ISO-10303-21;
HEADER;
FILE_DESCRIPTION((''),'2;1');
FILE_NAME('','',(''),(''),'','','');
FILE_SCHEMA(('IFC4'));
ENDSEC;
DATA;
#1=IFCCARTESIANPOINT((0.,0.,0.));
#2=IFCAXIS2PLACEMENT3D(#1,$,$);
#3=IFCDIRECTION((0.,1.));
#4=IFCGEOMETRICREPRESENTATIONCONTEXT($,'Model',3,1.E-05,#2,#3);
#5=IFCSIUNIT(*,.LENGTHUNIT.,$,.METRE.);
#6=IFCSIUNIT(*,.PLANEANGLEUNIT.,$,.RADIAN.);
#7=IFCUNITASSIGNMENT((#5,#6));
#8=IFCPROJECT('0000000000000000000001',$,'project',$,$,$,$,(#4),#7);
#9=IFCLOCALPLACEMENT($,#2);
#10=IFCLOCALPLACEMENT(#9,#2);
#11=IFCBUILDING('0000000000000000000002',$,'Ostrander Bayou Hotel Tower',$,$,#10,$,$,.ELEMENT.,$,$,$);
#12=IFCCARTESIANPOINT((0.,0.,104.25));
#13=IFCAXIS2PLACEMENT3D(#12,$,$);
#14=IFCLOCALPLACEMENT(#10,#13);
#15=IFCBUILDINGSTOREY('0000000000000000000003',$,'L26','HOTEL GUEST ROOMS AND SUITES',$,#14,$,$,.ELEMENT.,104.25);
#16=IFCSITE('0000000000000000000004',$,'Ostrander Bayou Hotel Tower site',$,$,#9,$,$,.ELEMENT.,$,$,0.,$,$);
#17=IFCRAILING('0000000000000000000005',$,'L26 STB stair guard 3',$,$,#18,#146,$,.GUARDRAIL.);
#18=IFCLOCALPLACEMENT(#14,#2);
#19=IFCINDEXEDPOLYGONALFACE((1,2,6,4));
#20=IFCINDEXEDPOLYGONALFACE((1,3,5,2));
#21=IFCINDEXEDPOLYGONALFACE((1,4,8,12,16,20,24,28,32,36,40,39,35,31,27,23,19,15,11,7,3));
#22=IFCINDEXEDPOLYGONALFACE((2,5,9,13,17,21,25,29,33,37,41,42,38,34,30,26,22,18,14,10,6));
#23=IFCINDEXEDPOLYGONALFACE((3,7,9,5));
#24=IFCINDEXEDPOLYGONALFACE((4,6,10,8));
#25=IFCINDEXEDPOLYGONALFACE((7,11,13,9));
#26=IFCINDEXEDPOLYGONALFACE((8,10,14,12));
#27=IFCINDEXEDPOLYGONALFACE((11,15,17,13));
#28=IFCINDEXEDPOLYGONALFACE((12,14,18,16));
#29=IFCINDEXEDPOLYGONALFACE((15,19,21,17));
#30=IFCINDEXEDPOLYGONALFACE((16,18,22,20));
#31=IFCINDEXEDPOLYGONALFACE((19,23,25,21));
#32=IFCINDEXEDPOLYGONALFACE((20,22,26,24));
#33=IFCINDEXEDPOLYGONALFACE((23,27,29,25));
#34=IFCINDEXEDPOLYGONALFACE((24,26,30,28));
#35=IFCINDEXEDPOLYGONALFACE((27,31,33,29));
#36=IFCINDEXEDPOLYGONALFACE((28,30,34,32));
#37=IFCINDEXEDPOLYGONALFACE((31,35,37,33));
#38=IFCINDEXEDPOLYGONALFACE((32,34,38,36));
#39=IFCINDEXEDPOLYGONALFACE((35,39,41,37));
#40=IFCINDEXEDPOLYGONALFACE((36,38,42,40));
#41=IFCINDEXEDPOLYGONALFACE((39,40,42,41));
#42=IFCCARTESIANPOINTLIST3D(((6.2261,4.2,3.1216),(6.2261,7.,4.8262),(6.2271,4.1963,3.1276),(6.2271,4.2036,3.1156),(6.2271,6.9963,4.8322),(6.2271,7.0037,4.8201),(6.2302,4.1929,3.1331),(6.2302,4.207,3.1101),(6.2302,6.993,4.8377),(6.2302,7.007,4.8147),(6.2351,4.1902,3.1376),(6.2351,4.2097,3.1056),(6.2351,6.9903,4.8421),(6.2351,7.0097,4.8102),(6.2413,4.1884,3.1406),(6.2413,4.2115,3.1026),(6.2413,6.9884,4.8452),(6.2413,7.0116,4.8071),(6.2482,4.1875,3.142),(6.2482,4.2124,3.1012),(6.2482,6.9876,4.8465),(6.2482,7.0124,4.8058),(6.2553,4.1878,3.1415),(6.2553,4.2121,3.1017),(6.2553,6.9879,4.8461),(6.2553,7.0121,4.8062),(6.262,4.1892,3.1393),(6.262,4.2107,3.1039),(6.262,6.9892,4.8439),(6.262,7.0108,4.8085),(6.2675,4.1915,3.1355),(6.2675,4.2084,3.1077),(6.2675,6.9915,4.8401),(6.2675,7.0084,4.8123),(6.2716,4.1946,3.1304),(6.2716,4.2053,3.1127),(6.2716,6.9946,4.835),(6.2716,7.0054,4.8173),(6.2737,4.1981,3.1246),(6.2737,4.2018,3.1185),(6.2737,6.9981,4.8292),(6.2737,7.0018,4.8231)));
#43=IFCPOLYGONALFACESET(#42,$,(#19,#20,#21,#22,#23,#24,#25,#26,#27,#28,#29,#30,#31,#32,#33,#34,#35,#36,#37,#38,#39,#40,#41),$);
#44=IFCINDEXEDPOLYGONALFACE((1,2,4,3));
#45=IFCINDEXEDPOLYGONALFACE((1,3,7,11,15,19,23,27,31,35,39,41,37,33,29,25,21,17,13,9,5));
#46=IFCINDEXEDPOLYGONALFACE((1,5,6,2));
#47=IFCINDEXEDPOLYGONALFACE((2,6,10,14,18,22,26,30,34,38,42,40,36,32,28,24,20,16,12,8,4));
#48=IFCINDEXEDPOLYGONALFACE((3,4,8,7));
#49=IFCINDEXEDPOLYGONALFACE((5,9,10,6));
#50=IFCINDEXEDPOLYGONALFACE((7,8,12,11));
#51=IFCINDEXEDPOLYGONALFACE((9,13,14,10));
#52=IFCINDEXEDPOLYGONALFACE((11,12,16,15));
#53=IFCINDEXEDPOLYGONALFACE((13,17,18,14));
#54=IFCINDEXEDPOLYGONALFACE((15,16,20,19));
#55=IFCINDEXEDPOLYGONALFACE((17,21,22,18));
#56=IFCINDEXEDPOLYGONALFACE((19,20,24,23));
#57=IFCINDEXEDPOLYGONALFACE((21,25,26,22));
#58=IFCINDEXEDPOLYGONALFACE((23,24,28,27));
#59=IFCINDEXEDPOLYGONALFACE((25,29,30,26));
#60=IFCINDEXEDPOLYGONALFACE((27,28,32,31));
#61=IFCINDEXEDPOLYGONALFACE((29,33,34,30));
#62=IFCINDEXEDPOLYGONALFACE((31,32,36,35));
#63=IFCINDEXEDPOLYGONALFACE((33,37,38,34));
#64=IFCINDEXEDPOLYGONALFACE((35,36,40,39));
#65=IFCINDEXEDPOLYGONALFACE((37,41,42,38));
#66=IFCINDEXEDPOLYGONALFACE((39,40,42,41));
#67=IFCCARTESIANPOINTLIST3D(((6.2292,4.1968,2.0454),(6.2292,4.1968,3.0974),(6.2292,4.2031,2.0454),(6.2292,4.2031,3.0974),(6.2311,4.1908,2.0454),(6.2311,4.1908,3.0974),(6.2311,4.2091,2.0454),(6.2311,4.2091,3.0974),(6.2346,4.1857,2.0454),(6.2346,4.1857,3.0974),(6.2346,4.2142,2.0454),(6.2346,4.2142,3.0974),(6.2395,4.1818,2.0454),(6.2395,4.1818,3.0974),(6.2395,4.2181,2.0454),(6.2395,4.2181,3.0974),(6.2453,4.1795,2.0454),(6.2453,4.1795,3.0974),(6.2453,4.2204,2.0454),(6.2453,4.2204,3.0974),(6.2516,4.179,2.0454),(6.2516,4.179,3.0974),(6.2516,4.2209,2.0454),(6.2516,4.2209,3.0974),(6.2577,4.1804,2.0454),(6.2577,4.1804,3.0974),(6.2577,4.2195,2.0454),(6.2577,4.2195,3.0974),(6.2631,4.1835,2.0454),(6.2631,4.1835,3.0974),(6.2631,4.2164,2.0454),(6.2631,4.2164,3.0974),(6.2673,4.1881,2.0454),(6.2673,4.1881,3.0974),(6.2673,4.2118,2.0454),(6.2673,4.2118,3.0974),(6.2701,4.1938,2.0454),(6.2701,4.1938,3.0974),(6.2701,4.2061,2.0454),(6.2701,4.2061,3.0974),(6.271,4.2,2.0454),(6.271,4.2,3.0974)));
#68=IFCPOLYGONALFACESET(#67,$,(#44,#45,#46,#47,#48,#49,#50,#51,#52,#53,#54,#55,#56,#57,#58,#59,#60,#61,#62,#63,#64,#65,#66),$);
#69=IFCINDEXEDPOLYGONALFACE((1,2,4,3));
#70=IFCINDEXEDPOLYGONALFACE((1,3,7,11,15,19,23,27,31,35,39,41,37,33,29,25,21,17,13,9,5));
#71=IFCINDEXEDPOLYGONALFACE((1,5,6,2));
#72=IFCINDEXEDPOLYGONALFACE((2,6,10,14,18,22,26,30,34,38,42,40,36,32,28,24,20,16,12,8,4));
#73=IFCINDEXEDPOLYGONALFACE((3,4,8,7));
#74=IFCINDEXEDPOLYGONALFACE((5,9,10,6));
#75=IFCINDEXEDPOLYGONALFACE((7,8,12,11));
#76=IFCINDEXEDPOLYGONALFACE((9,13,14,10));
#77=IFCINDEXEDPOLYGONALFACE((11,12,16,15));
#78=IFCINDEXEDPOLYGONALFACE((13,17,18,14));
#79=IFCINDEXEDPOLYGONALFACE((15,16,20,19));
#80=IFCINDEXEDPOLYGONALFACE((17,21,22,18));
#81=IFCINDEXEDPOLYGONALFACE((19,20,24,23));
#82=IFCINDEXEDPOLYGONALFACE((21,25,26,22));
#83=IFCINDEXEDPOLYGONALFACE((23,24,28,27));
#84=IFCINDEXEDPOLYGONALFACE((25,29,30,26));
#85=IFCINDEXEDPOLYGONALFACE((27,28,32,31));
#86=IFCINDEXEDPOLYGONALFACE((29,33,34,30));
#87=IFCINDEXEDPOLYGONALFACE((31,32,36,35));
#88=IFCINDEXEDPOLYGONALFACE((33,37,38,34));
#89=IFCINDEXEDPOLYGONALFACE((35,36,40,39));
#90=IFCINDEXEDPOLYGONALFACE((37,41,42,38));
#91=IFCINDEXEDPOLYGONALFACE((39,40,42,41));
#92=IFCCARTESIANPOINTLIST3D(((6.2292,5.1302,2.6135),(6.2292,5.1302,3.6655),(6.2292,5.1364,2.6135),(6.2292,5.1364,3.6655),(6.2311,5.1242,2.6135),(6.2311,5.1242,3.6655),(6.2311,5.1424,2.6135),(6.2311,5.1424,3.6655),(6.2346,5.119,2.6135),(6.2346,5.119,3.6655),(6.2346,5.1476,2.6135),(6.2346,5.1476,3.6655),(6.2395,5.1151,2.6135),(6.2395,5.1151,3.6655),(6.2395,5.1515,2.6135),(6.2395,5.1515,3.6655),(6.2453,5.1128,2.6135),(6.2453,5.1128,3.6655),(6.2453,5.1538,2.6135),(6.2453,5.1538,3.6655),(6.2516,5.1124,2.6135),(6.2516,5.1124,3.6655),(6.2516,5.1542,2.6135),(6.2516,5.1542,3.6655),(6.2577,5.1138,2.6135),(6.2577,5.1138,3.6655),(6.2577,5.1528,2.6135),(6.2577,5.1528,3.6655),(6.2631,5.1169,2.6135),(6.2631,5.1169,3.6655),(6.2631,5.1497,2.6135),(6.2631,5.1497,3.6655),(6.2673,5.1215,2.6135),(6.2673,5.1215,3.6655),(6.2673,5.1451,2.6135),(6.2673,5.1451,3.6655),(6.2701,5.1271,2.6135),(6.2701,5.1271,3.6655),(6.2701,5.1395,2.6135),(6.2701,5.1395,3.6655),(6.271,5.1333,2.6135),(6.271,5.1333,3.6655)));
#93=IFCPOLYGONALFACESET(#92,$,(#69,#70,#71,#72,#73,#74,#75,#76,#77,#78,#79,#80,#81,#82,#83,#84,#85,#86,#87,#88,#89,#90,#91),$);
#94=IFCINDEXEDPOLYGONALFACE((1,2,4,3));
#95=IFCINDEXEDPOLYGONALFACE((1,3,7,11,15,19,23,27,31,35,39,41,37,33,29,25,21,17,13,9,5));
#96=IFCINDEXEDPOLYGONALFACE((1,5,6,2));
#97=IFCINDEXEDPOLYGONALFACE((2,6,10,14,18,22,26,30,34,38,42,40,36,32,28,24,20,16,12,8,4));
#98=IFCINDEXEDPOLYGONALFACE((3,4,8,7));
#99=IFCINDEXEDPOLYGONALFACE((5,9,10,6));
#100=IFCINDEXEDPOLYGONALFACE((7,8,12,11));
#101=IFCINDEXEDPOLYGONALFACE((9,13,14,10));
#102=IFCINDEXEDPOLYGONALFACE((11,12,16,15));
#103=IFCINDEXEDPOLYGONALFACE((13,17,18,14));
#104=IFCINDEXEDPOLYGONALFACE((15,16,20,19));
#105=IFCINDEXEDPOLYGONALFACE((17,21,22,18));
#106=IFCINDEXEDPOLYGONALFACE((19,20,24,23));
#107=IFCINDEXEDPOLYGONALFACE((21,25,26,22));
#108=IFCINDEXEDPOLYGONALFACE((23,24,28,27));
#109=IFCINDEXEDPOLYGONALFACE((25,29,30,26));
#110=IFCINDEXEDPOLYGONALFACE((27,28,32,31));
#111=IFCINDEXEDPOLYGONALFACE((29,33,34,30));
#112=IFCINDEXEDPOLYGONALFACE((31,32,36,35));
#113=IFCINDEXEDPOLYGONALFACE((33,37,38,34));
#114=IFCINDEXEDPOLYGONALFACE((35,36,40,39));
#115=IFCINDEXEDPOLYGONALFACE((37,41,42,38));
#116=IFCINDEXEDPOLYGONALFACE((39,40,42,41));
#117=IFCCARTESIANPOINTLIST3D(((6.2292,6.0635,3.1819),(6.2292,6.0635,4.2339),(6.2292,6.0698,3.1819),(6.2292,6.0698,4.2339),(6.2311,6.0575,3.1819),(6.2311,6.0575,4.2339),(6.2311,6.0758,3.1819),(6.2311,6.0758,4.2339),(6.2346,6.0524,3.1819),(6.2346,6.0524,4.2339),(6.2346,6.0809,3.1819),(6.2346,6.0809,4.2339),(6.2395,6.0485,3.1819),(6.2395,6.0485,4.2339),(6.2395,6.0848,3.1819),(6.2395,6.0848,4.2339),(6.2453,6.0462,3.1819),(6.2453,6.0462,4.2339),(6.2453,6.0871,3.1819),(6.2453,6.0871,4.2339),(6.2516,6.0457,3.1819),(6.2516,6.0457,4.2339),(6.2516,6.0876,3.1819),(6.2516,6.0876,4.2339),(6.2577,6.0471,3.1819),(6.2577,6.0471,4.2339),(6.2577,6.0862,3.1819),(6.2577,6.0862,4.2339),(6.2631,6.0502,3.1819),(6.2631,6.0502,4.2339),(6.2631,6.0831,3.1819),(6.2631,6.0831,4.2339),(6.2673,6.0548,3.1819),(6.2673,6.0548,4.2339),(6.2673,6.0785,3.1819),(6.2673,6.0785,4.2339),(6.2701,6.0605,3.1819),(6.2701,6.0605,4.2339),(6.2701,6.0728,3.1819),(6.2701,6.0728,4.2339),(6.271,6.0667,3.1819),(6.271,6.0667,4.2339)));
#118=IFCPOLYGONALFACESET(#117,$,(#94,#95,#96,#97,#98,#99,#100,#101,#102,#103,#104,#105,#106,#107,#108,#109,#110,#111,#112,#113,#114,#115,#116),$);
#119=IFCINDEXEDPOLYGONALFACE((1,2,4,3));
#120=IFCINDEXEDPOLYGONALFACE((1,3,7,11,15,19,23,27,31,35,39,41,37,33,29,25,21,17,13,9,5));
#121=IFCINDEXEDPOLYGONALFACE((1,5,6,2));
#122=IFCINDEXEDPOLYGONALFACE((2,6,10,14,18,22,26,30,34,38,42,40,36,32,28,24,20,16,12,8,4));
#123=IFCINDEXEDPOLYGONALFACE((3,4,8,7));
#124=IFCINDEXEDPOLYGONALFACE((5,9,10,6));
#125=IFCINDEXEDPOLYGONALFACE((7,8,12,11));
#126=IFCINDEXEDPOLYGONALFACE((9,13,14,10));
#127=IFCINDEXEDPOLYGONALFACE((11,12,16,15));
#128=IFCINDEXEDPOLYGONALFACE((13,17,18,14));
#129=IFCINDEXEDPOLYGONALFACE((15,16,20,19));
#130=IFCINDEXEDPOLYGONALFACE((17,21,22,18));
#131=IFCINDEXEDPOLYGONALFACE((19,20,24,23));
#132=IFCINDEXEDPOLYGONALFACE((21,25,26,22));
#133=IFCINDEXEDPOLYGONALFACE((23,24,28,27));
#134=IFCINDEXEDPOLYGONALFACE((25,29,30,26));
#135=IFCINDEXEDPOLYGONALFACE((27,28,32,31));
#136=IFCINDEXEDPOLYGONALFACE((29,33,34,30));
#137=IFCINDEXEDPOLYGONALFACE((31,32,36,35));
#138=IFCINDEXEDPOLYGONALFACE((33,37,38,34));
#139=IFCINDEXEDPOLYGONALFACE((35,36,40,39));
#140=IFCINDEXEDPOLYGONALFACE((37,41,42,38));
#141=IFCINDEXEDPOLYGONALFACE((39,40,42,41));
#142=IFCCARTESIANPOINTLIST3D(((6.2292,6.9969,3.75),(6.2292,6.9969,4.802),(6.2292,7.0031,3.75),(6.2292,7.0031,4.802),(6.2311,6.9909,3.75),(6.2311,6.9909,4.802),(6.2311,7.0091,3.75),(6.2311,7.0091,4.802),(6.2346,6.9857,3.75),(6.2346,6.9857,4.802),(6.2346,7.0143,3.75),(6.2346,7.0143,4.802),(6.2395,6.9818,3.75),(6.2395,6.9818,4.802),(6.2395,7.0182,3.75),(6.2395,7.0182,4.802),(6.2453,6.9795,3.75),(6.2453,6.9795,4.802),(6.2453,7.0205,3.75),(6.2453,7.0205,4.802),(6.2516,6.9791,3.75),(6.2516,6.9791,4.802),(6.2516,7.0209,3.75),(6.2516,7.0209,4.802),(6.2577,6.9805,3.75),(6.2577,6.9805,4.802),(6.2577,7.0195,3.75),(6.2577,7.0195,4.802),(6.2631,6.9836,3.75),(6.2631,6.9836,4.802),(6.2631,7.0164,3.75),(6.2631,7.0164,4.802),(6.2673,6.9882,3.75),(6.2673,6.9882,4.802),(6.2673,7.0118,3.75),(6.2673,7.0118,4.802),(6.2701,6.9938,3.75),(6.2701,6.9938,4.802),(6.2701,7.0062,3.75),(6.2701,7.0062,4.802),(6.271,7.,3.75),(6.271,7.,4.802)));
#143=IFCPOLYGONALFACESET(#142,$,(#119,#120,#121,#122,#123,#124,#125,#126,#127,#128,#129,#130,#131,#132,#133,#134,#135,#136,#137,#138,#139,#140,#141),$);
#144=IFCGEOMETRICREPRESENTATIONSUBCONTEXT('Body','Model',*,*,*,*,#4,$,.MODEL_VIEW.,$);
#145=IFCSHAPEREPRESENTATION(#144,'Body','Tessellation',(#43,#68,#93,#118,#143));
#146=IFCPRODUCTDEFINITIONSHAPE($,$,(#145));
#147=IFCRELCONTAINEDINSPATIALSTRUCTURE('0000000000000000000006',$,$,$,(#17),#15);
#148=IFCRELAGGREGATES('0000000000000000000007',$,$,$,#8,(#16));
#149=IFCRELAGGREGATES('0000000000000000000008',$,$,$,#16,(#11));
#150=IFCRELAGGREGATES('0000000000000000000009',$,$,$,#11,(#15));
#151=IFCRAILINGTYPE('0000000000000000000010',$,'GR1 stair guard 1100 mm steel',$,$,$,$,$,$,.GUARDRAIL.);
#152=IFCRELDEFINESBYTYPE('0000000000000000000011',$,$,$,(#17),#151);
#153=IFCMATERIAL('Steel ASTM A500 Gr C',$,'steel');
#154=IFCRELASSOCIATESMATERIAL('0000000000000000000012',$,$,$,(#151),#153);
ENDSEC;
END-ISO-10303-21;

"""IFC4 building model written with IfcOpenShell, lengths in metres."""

from ifc_helpers import new_model, si_unit, direction, frame, origin, origin_2d, place, context, subcontext, project, spatial, circle, extrude, material, type_object, element, save


model = new_model("IFC4")

# Units and contexts
model_context = context("Model", 3, precision=1e-05, world=origin(), true_north=direction((0.0, 1.0)))
body_context = subcontext(model_context, "Body", "Model", "MODEL_VIEW")
ifc_project = project(units=[si_unit("LENGTHUNIT", "METRE"), si_unit("PLANEANGLEUNIT", "RADIAN")], contexts=[model_context])

# Site, building, storey
site_placement = place(None, origin())
site = spatial("IfcSite", under=ifc_project, at=site_placement, Name="Ostrander Bayou Hotel Tower site", CompositionType="ELEMENT", RefElevation=0.0)
building_placement = place(site_placement, origin())
building = spatial("IfcBuilding", under=site, at=building_placement, Name="Ostrander Bayou Hotel Tower", CompositionType="ELEMENT")
storey_placement = place(building_placement, frame((0.0, 0.0, 104.25)))
storey = spatial("IfcBuildingStorey", under=building, at=storey_placement, Name="L26", Description="HOTEL GUEST ROOMS AND SUITES", CompositionType="ELEMENT", Elevation=104.25)

# Railing
ifc_material_1 = material(Name="Steel ASTM A500 Gr C", Category="steel")
railing_type_1 = type_object("IfcRailingType", Name="GR1 stair guard 1100 mm steel", PredefinedType="GUARDRAIL", material=ifc_material_1)
railing_1_placement = place(storey_placement, frame((6.25, 4.2, 2.0454)))
element("IfcRailing", 1, at=railing_1_placement, inside=storey, type_object=railing_type_1, Name="L26 STB stair guard 3", PredefinedType="GUARDRAIL", context=body_context, shape_type="SweptSolid", body=[
    extrude(circle(Radius=0.0239, at=origin_2d()), frame((0.0, 0.0, 1.0762), z_axis=(0.0, 0.85417, 0.519994), x_axis=(-1.0, 0.0, 0.0)), (0.0, 0.0, 1.0), 3.2781),
    extrude(circle(Radius=0.021, at=origin_2d()), origin(), (0.0, 0.0, 1.0), 1.052),
    extrude(circle(Radius=0.021, at=origin_2d()), frame((0.0, 0.9333, 0.5681)), (0.0, 0.0, 1.0), 1.052),
    extrude(circle(Radius=0.021, at=origin_2d()), frame((0.0, 1.8667, 1.1365)), (0.0, 0.0, 1.0), 1.052),
    extrude(circle(Radius=0.021, at=origin_2d()), frame((0.0, 2.8, 1.7046)), (0.0, 0.0, 1.0), 1.052),
])

save(model, "model.ifc")
